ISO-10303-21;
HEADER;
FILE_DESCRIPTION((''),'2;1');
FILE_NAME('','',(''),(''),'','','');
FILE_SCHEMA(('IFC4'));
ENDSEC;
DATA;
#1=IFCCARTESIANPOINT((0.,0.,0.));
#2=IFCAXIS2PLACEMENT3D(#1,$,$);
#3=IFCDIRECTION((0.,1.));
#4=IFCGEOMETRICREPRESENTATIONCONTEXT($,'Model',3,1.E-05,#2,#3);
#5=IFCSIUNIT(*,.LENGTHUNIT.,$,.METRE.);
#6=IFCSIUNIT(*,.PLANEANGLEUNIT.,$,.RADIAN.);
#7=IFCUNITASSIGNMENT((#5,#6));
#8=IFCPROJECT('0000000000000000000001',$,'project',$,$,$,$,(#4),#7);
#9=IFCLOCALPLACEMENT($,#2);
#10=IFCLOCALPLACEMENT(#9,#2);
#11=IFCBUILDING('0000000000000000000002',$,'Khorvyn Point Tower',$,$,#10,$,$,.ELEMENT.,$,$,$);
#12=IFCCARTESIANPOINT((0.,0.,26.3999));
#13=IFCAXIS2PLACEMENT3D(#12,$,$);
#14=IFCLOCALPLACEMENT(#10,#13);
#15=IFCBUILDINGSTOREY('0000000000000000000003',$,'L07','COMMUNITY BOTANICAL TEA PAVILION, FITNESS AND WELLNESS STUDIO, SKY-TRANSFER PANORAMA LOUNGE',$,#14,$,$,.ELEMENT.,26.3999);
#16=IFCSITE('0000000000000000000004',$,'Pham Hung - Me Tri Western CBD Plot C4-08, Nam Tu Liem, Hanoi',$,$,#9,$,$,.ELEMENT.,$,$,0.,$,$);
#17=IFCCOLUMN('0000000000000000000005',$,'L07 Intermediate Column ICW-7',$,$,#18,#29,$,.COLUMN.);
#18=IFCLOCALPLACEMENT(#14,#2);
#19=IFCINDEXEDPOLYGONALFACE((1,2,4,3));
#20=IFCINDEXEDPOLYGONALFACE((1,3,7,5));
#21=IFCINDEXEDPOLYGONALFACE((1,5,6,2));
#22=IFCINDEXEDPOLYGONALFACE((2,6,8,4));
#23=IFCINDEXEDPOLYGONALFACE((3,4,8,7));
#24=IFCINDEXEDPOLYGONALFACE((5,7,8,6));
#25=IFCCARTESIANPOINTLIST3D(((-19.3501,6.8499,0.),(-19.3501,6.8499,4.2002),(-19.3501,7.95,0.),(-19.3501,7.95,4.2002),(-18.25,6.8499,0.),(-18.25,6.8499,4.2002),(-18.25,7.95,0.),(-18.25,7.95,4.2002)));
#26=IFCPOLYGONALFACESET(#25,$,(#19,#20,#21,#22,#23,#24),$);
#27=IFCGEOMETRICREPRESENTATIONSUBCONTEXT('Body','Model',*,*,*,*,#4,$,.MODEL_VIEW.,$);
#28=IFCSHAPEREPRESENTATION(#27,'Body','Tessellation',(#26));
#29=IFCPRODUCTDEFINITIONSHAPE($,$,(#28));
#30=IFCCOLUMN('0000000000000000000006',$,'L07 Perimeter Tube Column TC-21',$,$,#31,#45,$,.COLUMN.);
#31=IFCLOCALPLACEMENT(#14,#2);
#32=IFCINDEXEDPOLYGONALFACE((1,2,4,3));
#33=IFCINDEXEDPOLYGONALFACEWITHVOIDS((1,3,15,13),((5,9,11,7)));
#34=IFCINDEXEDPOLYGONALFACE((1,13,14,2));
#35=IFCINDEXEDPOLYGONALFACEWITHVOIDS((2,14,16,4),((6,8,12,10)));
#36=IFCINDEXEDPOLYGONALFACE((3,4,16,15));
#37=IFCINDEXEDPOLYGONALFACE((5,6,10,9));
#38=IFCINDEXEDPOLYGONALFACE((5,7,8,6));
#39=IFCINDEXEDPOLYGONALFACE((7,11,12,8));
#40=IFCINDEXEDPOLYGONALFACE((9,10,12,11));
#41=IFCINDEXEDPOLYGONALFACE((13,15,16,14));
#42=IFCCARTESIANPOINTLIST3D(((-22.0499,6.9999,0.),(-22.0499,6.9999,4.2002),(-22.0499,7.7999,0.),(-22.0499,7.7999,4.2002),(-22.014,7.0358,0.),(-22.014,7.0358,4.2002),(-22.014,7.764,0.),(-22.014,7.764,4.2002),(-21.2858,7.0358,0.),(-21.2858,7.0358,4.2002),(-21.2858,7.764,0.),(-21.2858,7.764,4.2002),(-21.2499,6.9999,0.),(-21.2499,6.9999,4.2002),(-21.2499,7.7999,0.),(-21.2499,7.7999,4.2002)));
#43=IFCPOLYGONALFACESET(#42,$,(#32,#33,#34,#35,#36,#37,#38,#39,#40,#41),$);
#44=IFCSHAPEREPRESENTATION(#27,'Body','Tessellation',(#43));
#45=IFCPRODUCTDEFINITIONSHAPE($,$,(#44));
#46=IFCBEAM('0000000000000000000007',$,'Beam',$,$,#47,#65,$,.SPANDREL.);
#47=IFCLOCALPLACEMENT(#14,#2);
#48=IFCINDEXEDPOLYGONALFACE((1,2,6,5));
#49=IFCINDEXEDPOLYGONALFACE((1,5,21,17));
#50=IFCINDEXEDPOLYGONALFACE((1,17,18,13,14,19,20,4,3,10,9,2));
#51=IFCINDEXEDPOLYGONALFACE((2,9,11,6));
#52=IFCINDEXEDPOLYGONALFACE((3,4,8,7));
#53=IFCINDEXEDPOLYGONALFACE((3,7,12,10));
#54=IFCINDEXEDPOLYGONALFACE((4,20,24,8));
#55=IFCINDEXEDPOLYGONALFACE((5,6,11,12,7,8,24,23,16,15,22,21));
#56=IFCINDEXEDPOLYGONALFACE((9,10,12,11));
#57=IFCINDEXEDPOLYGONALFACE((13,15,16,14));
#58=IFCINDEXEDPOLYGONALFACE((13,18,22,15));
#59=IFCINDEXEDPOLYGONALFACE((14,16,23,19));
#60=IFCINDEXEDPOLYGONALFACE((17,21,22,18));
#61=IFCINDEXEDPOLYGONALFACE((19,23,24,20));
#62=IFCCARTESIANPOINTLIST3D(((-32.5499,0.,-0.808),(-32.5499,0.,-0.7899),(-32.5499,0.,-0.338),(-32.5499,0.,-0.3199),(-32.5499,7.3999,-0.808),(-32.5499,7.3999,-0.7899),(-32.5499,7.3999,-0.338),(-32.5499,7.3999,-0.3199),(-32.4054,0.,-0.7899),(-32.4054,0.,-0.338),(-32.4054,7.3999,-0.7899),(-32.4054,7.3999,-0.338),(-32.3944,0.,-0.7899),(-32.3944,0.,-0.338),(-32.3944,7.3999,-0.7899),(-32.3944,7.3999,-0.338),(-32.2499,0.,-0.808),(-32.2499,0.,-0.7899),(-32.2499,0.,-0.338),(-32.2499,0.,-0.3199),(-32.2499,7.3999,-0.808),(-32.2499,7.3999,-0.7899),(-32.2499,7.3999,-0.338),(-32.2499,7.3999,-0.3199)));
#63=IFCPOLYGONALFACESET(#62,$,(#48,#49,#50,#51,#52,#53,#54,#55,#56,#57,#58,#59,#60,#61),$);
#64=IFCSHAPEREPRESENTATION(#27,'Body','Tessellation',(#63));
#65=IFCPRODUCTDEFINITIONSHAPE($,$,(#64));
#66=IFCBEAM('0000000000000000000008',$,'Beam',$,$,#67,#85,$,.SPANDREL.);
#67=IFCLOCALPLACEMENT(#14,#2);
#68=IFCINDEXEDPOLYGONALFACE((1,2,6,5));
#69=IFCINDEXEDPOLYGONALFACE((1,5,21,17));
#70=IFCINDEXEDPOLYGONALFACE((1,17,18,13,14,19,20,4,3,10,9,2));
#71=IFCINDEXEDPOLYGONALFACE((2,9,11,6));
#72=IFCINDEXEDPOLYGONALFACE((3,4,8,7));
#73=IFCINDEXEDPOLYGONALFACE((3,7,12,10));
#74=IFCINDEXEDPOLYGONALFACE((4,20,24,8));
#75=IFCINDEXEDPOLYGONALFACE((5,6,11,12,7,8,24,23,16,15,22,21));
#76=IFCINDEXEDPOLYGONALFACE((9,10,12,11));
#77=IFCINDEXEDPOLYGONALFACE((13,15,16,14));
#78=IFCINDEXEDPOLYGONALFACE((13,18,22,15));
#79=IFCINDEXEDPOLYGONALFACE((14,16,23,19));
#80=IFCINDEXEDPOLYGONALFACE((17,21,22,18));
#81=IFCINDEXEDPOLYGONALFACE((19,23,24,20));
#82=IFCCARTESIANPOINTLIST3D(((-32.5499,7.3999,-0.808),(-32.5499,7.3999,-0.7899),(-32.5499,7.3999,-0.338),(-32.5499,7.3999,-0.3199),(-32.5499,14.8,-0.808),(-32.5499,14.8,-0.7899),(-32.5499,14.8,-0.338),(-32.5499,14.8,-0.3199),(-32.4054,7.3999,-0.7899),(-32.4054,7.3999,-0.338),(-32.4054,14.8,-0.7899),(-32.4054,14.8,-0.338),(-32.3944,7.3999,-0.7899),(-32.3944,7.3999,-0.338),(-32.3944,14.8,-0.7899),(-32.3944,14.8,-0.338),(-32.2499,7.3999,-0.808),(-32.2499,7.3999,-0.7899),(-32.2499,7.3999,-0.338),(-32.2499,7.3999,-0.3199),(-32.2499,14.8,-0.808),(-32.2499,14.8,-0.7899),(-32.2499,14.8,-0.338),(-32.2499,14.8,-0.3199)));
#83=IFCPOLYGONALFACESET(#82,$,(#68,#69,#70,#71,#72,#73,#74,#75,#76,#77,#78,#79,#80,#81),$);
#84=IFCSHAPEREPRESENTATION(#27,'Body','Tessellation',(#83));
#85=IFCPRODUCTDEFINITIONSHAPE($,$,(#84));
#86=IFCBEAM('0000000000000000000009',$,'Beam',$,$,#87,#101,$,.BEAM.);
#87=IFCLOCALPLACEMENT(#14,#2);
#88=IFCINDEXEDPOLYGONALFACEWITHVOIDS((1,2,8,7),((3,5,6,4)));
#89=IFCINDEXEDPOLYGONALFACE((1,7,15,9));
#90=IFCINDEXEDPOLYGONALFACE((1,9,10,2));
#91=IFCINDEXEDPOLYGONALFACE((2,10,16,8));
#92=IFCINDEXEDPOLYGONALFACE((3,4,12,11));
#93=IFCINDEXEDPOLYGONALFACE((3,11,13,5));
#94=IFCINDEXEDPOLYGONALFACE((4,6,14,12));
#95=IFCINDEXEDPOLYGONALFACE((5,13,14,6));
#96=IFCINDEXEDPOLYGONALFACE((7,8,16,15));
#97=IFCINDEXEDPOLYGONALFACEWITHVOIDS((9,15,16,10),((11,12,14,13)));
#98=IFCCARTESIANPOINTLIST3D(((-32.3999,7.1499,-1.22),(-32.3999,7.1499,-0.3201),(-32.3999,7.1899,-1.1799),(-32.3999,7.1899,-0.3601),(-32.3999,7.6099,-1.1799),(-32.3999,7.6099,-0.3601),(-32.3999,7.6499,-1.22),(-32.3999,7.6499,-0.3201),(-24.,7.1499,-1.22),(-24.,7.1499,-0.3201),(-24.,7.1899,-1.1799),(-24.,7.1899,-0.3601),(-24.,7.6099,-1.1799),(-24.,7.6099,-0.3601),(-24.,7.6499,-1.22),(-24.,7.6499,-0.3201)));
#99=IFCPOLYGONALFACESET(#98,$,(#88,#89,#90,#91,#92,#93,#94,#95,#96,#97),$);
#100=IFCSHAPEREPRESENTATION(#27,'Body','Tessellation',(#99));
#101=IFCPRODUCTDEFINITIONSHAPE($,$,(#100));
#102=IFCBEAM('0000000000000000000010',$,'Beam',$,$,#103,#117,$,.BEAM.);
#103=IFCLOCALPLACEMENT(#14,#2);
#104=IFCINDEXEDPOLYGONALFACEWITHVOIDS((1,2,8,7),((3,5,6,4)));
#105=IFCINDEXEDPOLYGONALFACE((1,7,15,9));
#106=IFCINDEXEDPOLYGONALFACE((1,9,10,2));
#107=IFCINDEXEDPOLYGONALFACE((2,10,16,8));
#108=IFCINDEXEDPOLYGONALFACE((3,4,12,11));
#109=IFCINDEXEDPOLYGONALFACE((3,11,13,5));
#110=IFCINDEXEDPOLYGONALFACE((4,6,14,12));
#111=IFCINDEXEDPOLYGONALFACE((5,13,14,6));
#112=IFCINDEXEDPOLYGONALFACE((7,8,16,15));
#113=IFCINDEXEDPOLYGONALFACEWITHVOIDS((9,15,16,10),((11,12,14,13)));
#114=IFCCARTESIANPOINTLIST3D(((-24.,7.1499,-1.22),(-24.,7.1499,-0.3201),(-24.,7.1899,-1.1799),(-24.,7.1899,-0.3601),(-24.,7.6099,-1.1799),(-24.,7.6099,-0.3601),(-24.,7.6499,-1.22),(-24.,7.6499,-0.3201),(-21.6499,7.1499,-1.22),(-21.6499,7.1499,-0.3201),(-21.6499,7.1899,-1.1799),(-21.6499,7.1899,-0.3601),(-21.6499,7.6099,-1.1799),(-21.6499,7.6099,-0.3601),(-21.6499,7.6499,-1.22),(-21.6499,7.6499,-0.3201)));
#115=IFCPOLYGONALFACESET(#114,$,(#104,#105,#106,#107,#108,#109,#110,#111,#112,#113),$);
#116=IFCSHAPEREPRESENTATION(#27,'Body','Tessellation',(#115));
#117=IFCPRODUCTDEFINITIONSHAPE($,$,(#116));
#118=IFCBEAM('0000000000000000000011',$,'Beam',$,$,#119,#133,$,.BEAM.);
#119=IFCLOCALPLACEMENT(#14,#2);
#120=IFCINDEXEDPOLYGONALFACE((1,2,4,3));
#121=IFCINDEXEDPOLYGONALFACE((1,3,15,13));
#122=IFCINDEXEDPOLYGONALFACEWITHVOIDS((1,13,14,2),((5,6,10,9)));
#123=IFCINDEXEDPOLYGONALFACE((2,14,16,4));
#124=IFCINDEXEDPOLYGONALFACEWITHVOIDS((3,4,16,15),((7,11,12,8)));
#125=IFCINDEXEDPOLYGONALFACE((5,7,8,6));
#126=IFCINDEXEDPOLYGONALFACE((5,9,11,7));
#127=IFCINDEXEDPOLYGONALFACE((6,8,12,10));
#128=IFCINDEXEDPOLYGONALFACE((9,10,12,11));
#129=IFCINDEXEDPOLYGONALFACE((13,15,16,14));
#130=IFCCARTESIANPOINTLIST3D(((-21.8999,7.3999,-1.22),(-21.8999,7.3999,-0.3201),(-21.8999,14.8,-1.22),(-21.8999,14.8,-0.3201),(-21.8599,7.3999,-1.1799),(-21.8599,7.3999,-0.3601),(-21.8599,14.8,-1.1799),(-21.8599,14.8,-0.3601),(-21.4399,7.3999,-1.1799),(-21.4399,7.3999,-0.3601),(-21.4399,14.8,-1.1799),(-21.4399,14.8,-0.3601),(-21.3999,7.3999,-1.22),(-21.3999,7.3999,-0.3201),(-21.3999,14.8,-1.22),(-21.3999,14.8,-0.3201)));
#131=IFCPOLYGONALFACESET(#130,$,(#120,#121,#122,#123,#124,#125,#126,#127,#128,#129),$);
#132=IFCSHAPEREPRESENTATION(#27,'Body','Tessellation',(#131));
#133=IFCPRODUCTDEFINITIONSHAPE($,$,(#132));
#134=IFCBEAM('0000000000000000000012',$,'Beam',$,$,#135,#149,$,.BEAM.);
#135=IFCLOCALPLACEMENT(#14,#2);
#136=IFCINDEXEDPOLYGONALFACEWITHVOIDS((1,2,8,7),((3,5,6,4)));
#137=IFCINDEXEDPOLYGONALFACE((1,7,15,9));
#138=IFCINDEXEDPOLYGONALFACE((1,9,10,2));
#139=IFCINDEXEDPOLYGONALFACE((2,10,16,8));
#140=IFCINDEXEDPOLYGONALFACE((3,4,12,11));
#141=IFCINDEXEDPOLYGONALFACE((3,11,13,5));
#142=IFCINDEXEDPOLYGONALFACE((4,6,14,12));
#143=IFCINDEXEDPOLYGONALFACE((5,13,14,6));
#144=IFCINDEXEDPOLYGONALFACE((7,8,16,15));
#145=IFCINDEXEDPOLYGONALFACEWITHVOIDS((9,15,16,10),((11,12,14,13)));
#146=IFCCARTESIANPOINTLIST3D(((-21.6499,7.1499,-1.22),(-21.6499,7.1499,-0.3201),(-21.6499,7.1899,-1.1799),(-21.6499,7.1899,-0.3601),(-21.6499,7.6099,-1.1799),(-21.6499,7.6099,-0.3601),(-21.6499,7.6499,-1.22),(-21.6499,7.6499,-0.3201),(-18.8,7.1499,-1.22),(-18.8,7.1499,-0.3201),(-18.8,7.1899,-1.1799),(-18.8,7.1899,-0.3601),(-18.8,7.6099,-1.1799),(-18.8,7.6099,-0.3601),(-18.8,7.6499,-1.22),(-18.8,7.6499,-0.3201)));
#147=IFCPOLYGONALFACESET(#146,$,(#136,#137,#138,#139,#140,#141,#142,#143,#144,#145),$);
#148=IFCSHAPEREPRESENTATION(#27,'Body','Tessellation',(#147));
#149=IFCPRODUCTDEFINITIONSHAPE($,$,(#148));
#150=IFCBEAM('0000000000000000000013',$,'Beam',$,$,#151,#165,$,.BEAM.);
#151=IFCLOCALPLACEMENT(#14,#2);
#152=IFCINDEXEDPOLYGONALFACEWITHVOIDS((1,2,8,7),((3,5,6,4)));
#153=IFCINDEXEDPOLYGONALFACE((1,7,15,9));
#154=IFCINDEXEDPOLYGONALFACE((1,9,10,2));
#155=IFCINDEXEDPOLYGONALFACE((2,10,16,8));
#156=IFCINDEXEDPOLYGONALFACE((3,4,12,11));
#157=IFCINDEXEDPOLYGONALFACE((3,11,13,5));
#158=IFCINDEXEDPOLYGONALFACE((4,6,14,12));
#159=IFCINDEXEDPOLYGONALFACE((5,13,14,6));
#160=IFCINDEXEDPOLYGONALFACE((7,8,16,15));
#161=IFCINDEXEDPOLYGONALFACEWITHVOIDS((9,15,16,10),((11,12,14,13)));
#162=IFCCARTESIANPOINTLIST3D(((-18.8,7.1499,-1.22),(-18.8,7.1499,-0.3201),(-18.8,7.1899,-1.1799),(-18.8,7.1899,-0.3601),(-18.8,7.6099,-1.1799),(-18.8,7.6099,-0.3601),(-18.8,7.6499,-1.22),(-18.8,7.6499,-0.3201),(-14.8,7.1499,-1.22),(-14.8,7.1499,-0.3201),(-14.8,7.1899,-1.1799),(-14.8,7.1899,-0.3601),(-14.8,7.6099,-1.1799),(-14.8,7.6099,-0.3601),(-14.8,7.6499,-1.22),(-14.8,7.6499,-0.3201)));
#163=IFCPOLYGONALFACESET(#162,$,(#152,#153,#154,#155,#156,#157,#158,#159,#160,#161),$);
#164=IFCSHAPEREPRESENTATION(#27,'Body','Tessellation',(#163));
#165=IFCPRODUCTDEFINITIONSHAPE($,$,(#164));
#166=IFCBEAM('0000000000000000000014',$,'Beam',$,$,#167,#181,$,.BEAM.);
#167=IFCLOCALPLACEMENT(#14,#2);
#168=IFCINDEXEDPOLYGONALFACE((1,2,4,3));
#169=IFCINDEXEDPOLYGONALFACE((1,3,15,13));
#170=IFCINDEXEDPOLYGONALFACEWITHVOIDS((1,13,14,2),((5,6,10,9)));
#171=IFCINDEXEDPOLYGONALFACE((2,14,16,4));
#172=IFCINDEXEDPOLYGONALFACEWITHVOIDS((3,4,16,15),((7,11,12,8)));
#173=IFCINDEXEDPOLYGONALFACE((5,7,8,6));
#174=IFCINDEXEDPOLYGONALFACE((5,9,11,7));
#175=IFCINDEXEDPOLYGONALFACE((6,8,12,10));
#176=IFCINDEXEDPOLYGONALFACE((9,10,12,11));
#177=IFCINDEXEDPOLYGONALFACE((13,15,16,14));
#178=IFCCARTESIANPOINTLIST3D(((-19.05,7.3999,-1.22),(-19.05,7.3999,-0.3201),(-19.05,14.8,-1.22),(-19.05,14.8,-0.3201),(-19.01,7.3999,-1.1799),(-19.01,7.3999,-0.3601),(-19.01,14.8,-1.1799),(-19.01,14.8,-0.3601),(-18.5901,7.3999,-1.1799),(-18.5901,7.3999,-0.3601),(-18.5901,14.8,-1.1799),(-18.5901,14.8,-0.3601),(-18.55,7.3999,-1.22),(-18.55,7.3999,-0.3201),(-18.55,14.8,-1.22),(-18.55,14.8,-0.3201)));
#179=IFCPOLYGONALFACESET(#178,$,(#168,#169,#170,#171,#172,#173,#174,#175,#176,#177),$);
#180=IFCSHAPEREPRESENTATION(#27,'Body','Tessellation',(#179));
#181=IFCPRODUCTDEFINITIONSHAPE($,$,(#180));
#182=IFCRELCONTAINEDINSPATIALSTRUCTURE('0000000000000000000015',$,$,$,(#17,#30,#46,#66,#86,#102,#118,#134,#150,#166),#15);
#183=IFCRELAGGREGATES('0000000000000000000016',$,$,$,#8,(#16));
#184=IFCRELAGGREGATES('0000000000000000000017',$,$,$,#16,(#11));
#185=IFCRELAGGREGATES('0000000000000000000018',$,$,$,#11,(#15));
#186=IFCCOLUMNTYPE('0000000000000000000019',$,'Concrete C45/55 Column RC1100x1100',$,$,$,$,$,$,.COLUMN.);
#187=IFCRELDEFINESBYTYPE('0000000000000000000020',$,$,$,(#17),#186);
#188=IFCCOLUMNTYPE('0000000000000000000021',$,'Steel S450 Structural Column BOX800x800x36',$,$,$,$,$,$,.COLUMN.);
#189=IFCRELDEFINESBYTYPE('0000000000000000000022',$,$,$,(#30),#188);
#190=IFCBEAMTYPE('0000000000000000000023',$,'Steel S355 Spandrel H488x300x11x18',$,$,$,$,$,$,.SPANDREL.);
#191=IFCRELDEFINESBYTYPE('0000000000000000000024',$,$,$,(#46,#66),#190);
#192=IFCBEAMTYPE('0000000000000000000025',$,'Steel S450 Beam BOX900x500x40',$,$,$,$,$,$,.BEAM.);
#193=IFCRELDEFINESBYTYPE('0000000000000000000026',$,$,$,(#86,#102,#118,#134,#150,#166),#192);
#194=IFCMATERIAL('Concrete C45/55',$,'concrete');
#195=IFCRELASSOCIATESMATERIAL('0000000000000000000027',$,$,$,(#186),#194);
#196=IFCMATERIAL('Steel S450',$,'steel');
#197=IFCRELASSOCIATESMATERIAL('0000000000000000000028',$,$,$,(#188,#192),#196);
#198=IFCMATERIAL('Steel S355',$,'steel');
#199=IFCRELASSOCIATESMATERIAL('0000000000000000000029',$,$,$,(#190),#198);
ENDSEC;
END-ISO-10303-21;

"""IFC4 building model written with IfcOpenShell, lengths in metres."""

from ifc_helpers import new_model, si_unit, direction, frame, origin, origin_2d, place, context, subcontext, project, spatial, rectangle, hollow_rectangle, i_section, extrude, material, material_profile, profile_set, type_object, element, save


model = new_model("IFC4")

# Units and contexts
model_context = context("Model", 3, precision=1e-05, world=origin(), true_north=direction((0.0, 1.0)))
body_context = subcontext(model_context, "Body", "Model", "MODEL_VIEW")
ifc_project = project(units=[si_unit("LENGTHUNIT", "METRE"), si_unit("PLANEANGLEUNIT", "RADIAN")], contexts=[model_context])

# Site, building, storey
site_placement = place(None, origin())
site = spatial("IfcSite", under=ifc_project, at=site_placement, Name="Pham Hung - Me Tri Western CBD Plot C4-08, Nam Tu Liem, Hanoi", CompositionType="ELEMENT", RefElevation=0.0)
building_placement = place(site_placement, origin())
building = spatial("IfcBuilding", under=site, at=building_placement, Name="Khorvyn Point Tower", CompositionType="ELEMENT")
storey_placement = place(building_placement, frame((0.0, 0.0, 26.3999)))
storey = spatial("IfcBuildingStorey", under=building, at=storey_placement, Name="L07", Description="COMMUNITY BOTANICAL TEA PAVILION, FITNESS AND WELLNESS STUDIO, SKY-TRANSFER PANORAMA LOUNGE", CompositionType="ELEMENT", Elevation=26.3999)

# Columns
ifc_material_1 = material(Name="Concrete C45/55", Category="concrete")
ifc_material_profile_1 = material_profile(ifc_material_1, rectangle(XDim=1.1001, YDim=1.1001, at=origin_2d()))
ifc_profile_set_1 = profile_set([ifc_material_profile_1], Name="Concrete C45/55 RC1100x1100")
column_type_1 = type_object("IfcColumnType", Name="Concrete C45/55 Column RC1100x1100", PredefinedType="COLUMN", material=ifc_profile_set_1)
column_1_placement = place(storey_placement, frame((-18.8, 7.3999, 0.0), z_axis=(0.0, 0.0, 1.0), x_axis=(1.0, 0.0, 0.0)))
element("IfcColumn", 1, at=column_1_placement, inside=storey, type_object=column_type_1, Name="L07 Intermediate Column ICW-7", PredefinedType="COLUMN", context=body_context, shape_type="SweptSolid", body=[
    extrude(rectangle(XDim=1.1001, YDim=1.1001, at=origin_2d()), origin(), (0.0, 0.0, 1.0), 4.2002),
])
ifc_material_2 = material(Name="Steel S450", Category="steel")
ifc_material_profile_2 = material_profile(ifc_material_2, hollow_rectangle(XDim=0.8, YDim=0.8, WallThickness=0.0359, at=origin_2d()))
ifc_profile_set_2 = profile_set([ifc_material_profile_2], Name="Steel S450 BOX800x800x36")
column_type_2 = type_object("IfcColumnType", Name="Steel S450 Structural Column BOX800x800x36", PredefinedType="COLUMN", material=ifc_profile_set_2)
column_2_placement = place(storey_placement, frame((-21.6499, 7.3999, 0.0), z_axis=(0.0, 0.0, 1.0), x_axis=(1.0, 0.0, 0.0)))
element("IfcColumn", 2, at=column_2_placement, inside=storey, type_object=column_type_2, Name="L07 Perimeter Tube Column TC-21", PredefinedType="COLUMN", context=body_context, shape_type="SweptSolid", body=[
    extrude(hollow_rectangle(XDim=0.8, YDim=0.8, WallThickness=0.0359, at=origin_2d()), origin(), (0.0, 0.0, 1.0), 4.2002),
])

# Beams
ifc_material_3 = material(Name="Steel S355", Category="steel")
ifc_material_profile_3 = material_profile(ifc_material_3, i_section(OverallWidth=0.3, OverallDepth=0.488, WebThickness=0.011, FlangeThickness=0.0181, at=origin_2d()))
ifc_profile_set_3 = profile_set([ifc_material_profile_3], Name="Steel S355 H488x300x11x18")
beam_type_1 = type_object("IfcBeamType", Name="Steel S355 Spandrel H488x300x11x18", PredefinedType="SPANDREL", material=ifc_profile_set_3)
beam_1_placement = place(storey_placement, frame((-32.3999, 0.0, -0.564), z_axis=(0.0, 1.0, 0.0), x_axis=(-1.0, 0.0, 0.0)))
element("IfcBeam", 3, at=beam_1_placement, inside=storey, type_object=beam_type_1, Name="Beam", PredefinedType="SPANDREL", context=body_context, shape_type="SweptSolid", body=[
    extrude(i_section(OverallWidth=0.3, OverallDepth=0.488, WebThickness=0.011, FlangeThickness=0.0181, at=origin_2d()), origin(), (0.0, 0.0, 1.0), 7.3999),
])
beam_2_placement = place(storey_placement, frame((-32.3999, 7.3999, -0.564), z_axis=(0.0, 1.0, 0.0), x_axis=(-1.0, 0.0, 0.0)))
element("IfcBeam", 4, at=beam_2_placement, inside=storey, type_object=beam_type_1, Name="Beam", PredefinedType="SPANDREL", context=body_context, shape_type="SweptSolid", body=[
    extrude(i_section(OverallWidth=0.3, OverallDepth=0.488, WebThickness=0.011, FlangeThickness=0.0181, at=origin_2d()), origin(), (0.0, 0.0, 1.0), 7.4001),
])
ifc_material_profile_4 = material_profile(ifc_material_2, hollow_rectangle(XDim=0.5, YDim=0.8999, WallThickness=0.04, at=origin_2d()))
ifc_profile_set_4 = profile_set([ifc_material_profile_4], Name="Steel S450 BOX900x500x40")
beam_type_2 = type_object("IfcBeamType", Name="Steel S450 Beam BOX900x500x40", PredefinedType="BEAM", material=ifc_profile_set_4)
beam_3_placement = place(storey_placement, frame((-32.3999, 7.3999, -0.77), z_axis=(1.0, 0.0, 0.0), x_axis=(0.0, 1.0, 0.0)))
element("IfcBeam", 5, at=beam_3_placement, inside=storey, type_object=beam_type_2, Name="Beam", PredefinedType="BEAM", context=body_context, shape_type="SweptSolid", body=[
    extrude(hollow_rectangle(XDim=0.5, YDim=0.8999, WallThickness=0.04, at=origin_2d()), origin(), (0.0, 0.0, 1.0), 8.3999),
])
beam_4_placement = place(storey_placement, frame((-24.0, 7.3999, -0.77), z_axis=(1.0, 0.0, 0.0), x_axis=(0.0, 1.0, 0.0)))
element("IfcBeam", 6, at=beam_4_placement, inside=storey, type_object=beam_type_2, Name="Beam", PredefinedType="BEAM", context=body_context, shape_type="SweptSolid", body=[
    extrude(hollow_rectangle(XDim=0.5, YDim=0.8999, WallThickness=0.04, at=origin_2d()), origin(), (0.0, 0.0, 1.0), 2.3501),
])
beam_5_placement = place(storey_placement, frame((-21.6499, 7.3999, -0.77), z_axis=(0.0, 1.0, 0.0), x_axis=(-1.0, 0.0, 0.0)))
element("IfcBeam", 7, at=beam_5_placement, inside=storey, type_object=beam_type_2, Name="Beam", PredefinedType="BEAM", context=body_context, shape_type="SweptSolid", body=[
    extrude(hollow_rectangle(XDim=0.5, YDim=0.8999, WallThickness=0.04, at=origin_2d()), origin(), (0.0, 0.0, 1.0), 7.4001),
])
beam_6_placement = place(storey_placement, frame((-21.6499, 7.3999, -0.77), z_axis=(1.0, 0.0, 0.0), x_axis=(0.0, 1.0, 0.0)))
element("IfcBeam", 8, at=beam_6_placement, inside=storey, type_object=beam_type_2, Name="Beam", PredefinedType="BEAM", context=body_context, shape_type="SweptSolid", body=[
    extrude(hollow_rectangle(XDim=0.5, YDim=0.8999, WallThickness=0.04, at=origin_2d()), origin(), (0.0, 0.0, 1.0), 2.8499),
])
beam_7_placement = place(storey_placement, frame((-18.8, 7.3999, -0.77), z_axis=(1.0, 0.0, 0.0), x_axis=(0.0, 1.0, 0.0)))
element("IfcBeam", 9, at=beam_7_placement, inside=storey, type_object=beam_type_2, Name="Beam", PredefinedType="BEAM", context=body_context, shape_type="SweptSolid", body=[
    extrude(hollow_rectangle(XDim=0.5, YDim=0.8999, WallThickness=0.04, at=origin_2d()), origin(), (0.0, 0.0, 1.0), 4.0),
])
beam_8_placement = place(storey_placement, frame((-18.8, 7.3999, -0.77), z_axis=(0.0, 1.0, 0.0), x_axis=(-1.0, 0.0, 0.0)))
element("IfcBeam", 10, at=beam_8_placement, inside=storey, type_object=beam_type_2, Name="Beam", PredefinedType="BEAM", context=body_context, shape_type="SweptSolid", body=[
    extrude(hollow_rectangle(XDim=0.5, YDim=0.8999, WallThickness=0.04, at=origin_2d()), origin(), (0.0, 0.0, 1.0), 7.4001),
])

save(model, "model.ifc")
